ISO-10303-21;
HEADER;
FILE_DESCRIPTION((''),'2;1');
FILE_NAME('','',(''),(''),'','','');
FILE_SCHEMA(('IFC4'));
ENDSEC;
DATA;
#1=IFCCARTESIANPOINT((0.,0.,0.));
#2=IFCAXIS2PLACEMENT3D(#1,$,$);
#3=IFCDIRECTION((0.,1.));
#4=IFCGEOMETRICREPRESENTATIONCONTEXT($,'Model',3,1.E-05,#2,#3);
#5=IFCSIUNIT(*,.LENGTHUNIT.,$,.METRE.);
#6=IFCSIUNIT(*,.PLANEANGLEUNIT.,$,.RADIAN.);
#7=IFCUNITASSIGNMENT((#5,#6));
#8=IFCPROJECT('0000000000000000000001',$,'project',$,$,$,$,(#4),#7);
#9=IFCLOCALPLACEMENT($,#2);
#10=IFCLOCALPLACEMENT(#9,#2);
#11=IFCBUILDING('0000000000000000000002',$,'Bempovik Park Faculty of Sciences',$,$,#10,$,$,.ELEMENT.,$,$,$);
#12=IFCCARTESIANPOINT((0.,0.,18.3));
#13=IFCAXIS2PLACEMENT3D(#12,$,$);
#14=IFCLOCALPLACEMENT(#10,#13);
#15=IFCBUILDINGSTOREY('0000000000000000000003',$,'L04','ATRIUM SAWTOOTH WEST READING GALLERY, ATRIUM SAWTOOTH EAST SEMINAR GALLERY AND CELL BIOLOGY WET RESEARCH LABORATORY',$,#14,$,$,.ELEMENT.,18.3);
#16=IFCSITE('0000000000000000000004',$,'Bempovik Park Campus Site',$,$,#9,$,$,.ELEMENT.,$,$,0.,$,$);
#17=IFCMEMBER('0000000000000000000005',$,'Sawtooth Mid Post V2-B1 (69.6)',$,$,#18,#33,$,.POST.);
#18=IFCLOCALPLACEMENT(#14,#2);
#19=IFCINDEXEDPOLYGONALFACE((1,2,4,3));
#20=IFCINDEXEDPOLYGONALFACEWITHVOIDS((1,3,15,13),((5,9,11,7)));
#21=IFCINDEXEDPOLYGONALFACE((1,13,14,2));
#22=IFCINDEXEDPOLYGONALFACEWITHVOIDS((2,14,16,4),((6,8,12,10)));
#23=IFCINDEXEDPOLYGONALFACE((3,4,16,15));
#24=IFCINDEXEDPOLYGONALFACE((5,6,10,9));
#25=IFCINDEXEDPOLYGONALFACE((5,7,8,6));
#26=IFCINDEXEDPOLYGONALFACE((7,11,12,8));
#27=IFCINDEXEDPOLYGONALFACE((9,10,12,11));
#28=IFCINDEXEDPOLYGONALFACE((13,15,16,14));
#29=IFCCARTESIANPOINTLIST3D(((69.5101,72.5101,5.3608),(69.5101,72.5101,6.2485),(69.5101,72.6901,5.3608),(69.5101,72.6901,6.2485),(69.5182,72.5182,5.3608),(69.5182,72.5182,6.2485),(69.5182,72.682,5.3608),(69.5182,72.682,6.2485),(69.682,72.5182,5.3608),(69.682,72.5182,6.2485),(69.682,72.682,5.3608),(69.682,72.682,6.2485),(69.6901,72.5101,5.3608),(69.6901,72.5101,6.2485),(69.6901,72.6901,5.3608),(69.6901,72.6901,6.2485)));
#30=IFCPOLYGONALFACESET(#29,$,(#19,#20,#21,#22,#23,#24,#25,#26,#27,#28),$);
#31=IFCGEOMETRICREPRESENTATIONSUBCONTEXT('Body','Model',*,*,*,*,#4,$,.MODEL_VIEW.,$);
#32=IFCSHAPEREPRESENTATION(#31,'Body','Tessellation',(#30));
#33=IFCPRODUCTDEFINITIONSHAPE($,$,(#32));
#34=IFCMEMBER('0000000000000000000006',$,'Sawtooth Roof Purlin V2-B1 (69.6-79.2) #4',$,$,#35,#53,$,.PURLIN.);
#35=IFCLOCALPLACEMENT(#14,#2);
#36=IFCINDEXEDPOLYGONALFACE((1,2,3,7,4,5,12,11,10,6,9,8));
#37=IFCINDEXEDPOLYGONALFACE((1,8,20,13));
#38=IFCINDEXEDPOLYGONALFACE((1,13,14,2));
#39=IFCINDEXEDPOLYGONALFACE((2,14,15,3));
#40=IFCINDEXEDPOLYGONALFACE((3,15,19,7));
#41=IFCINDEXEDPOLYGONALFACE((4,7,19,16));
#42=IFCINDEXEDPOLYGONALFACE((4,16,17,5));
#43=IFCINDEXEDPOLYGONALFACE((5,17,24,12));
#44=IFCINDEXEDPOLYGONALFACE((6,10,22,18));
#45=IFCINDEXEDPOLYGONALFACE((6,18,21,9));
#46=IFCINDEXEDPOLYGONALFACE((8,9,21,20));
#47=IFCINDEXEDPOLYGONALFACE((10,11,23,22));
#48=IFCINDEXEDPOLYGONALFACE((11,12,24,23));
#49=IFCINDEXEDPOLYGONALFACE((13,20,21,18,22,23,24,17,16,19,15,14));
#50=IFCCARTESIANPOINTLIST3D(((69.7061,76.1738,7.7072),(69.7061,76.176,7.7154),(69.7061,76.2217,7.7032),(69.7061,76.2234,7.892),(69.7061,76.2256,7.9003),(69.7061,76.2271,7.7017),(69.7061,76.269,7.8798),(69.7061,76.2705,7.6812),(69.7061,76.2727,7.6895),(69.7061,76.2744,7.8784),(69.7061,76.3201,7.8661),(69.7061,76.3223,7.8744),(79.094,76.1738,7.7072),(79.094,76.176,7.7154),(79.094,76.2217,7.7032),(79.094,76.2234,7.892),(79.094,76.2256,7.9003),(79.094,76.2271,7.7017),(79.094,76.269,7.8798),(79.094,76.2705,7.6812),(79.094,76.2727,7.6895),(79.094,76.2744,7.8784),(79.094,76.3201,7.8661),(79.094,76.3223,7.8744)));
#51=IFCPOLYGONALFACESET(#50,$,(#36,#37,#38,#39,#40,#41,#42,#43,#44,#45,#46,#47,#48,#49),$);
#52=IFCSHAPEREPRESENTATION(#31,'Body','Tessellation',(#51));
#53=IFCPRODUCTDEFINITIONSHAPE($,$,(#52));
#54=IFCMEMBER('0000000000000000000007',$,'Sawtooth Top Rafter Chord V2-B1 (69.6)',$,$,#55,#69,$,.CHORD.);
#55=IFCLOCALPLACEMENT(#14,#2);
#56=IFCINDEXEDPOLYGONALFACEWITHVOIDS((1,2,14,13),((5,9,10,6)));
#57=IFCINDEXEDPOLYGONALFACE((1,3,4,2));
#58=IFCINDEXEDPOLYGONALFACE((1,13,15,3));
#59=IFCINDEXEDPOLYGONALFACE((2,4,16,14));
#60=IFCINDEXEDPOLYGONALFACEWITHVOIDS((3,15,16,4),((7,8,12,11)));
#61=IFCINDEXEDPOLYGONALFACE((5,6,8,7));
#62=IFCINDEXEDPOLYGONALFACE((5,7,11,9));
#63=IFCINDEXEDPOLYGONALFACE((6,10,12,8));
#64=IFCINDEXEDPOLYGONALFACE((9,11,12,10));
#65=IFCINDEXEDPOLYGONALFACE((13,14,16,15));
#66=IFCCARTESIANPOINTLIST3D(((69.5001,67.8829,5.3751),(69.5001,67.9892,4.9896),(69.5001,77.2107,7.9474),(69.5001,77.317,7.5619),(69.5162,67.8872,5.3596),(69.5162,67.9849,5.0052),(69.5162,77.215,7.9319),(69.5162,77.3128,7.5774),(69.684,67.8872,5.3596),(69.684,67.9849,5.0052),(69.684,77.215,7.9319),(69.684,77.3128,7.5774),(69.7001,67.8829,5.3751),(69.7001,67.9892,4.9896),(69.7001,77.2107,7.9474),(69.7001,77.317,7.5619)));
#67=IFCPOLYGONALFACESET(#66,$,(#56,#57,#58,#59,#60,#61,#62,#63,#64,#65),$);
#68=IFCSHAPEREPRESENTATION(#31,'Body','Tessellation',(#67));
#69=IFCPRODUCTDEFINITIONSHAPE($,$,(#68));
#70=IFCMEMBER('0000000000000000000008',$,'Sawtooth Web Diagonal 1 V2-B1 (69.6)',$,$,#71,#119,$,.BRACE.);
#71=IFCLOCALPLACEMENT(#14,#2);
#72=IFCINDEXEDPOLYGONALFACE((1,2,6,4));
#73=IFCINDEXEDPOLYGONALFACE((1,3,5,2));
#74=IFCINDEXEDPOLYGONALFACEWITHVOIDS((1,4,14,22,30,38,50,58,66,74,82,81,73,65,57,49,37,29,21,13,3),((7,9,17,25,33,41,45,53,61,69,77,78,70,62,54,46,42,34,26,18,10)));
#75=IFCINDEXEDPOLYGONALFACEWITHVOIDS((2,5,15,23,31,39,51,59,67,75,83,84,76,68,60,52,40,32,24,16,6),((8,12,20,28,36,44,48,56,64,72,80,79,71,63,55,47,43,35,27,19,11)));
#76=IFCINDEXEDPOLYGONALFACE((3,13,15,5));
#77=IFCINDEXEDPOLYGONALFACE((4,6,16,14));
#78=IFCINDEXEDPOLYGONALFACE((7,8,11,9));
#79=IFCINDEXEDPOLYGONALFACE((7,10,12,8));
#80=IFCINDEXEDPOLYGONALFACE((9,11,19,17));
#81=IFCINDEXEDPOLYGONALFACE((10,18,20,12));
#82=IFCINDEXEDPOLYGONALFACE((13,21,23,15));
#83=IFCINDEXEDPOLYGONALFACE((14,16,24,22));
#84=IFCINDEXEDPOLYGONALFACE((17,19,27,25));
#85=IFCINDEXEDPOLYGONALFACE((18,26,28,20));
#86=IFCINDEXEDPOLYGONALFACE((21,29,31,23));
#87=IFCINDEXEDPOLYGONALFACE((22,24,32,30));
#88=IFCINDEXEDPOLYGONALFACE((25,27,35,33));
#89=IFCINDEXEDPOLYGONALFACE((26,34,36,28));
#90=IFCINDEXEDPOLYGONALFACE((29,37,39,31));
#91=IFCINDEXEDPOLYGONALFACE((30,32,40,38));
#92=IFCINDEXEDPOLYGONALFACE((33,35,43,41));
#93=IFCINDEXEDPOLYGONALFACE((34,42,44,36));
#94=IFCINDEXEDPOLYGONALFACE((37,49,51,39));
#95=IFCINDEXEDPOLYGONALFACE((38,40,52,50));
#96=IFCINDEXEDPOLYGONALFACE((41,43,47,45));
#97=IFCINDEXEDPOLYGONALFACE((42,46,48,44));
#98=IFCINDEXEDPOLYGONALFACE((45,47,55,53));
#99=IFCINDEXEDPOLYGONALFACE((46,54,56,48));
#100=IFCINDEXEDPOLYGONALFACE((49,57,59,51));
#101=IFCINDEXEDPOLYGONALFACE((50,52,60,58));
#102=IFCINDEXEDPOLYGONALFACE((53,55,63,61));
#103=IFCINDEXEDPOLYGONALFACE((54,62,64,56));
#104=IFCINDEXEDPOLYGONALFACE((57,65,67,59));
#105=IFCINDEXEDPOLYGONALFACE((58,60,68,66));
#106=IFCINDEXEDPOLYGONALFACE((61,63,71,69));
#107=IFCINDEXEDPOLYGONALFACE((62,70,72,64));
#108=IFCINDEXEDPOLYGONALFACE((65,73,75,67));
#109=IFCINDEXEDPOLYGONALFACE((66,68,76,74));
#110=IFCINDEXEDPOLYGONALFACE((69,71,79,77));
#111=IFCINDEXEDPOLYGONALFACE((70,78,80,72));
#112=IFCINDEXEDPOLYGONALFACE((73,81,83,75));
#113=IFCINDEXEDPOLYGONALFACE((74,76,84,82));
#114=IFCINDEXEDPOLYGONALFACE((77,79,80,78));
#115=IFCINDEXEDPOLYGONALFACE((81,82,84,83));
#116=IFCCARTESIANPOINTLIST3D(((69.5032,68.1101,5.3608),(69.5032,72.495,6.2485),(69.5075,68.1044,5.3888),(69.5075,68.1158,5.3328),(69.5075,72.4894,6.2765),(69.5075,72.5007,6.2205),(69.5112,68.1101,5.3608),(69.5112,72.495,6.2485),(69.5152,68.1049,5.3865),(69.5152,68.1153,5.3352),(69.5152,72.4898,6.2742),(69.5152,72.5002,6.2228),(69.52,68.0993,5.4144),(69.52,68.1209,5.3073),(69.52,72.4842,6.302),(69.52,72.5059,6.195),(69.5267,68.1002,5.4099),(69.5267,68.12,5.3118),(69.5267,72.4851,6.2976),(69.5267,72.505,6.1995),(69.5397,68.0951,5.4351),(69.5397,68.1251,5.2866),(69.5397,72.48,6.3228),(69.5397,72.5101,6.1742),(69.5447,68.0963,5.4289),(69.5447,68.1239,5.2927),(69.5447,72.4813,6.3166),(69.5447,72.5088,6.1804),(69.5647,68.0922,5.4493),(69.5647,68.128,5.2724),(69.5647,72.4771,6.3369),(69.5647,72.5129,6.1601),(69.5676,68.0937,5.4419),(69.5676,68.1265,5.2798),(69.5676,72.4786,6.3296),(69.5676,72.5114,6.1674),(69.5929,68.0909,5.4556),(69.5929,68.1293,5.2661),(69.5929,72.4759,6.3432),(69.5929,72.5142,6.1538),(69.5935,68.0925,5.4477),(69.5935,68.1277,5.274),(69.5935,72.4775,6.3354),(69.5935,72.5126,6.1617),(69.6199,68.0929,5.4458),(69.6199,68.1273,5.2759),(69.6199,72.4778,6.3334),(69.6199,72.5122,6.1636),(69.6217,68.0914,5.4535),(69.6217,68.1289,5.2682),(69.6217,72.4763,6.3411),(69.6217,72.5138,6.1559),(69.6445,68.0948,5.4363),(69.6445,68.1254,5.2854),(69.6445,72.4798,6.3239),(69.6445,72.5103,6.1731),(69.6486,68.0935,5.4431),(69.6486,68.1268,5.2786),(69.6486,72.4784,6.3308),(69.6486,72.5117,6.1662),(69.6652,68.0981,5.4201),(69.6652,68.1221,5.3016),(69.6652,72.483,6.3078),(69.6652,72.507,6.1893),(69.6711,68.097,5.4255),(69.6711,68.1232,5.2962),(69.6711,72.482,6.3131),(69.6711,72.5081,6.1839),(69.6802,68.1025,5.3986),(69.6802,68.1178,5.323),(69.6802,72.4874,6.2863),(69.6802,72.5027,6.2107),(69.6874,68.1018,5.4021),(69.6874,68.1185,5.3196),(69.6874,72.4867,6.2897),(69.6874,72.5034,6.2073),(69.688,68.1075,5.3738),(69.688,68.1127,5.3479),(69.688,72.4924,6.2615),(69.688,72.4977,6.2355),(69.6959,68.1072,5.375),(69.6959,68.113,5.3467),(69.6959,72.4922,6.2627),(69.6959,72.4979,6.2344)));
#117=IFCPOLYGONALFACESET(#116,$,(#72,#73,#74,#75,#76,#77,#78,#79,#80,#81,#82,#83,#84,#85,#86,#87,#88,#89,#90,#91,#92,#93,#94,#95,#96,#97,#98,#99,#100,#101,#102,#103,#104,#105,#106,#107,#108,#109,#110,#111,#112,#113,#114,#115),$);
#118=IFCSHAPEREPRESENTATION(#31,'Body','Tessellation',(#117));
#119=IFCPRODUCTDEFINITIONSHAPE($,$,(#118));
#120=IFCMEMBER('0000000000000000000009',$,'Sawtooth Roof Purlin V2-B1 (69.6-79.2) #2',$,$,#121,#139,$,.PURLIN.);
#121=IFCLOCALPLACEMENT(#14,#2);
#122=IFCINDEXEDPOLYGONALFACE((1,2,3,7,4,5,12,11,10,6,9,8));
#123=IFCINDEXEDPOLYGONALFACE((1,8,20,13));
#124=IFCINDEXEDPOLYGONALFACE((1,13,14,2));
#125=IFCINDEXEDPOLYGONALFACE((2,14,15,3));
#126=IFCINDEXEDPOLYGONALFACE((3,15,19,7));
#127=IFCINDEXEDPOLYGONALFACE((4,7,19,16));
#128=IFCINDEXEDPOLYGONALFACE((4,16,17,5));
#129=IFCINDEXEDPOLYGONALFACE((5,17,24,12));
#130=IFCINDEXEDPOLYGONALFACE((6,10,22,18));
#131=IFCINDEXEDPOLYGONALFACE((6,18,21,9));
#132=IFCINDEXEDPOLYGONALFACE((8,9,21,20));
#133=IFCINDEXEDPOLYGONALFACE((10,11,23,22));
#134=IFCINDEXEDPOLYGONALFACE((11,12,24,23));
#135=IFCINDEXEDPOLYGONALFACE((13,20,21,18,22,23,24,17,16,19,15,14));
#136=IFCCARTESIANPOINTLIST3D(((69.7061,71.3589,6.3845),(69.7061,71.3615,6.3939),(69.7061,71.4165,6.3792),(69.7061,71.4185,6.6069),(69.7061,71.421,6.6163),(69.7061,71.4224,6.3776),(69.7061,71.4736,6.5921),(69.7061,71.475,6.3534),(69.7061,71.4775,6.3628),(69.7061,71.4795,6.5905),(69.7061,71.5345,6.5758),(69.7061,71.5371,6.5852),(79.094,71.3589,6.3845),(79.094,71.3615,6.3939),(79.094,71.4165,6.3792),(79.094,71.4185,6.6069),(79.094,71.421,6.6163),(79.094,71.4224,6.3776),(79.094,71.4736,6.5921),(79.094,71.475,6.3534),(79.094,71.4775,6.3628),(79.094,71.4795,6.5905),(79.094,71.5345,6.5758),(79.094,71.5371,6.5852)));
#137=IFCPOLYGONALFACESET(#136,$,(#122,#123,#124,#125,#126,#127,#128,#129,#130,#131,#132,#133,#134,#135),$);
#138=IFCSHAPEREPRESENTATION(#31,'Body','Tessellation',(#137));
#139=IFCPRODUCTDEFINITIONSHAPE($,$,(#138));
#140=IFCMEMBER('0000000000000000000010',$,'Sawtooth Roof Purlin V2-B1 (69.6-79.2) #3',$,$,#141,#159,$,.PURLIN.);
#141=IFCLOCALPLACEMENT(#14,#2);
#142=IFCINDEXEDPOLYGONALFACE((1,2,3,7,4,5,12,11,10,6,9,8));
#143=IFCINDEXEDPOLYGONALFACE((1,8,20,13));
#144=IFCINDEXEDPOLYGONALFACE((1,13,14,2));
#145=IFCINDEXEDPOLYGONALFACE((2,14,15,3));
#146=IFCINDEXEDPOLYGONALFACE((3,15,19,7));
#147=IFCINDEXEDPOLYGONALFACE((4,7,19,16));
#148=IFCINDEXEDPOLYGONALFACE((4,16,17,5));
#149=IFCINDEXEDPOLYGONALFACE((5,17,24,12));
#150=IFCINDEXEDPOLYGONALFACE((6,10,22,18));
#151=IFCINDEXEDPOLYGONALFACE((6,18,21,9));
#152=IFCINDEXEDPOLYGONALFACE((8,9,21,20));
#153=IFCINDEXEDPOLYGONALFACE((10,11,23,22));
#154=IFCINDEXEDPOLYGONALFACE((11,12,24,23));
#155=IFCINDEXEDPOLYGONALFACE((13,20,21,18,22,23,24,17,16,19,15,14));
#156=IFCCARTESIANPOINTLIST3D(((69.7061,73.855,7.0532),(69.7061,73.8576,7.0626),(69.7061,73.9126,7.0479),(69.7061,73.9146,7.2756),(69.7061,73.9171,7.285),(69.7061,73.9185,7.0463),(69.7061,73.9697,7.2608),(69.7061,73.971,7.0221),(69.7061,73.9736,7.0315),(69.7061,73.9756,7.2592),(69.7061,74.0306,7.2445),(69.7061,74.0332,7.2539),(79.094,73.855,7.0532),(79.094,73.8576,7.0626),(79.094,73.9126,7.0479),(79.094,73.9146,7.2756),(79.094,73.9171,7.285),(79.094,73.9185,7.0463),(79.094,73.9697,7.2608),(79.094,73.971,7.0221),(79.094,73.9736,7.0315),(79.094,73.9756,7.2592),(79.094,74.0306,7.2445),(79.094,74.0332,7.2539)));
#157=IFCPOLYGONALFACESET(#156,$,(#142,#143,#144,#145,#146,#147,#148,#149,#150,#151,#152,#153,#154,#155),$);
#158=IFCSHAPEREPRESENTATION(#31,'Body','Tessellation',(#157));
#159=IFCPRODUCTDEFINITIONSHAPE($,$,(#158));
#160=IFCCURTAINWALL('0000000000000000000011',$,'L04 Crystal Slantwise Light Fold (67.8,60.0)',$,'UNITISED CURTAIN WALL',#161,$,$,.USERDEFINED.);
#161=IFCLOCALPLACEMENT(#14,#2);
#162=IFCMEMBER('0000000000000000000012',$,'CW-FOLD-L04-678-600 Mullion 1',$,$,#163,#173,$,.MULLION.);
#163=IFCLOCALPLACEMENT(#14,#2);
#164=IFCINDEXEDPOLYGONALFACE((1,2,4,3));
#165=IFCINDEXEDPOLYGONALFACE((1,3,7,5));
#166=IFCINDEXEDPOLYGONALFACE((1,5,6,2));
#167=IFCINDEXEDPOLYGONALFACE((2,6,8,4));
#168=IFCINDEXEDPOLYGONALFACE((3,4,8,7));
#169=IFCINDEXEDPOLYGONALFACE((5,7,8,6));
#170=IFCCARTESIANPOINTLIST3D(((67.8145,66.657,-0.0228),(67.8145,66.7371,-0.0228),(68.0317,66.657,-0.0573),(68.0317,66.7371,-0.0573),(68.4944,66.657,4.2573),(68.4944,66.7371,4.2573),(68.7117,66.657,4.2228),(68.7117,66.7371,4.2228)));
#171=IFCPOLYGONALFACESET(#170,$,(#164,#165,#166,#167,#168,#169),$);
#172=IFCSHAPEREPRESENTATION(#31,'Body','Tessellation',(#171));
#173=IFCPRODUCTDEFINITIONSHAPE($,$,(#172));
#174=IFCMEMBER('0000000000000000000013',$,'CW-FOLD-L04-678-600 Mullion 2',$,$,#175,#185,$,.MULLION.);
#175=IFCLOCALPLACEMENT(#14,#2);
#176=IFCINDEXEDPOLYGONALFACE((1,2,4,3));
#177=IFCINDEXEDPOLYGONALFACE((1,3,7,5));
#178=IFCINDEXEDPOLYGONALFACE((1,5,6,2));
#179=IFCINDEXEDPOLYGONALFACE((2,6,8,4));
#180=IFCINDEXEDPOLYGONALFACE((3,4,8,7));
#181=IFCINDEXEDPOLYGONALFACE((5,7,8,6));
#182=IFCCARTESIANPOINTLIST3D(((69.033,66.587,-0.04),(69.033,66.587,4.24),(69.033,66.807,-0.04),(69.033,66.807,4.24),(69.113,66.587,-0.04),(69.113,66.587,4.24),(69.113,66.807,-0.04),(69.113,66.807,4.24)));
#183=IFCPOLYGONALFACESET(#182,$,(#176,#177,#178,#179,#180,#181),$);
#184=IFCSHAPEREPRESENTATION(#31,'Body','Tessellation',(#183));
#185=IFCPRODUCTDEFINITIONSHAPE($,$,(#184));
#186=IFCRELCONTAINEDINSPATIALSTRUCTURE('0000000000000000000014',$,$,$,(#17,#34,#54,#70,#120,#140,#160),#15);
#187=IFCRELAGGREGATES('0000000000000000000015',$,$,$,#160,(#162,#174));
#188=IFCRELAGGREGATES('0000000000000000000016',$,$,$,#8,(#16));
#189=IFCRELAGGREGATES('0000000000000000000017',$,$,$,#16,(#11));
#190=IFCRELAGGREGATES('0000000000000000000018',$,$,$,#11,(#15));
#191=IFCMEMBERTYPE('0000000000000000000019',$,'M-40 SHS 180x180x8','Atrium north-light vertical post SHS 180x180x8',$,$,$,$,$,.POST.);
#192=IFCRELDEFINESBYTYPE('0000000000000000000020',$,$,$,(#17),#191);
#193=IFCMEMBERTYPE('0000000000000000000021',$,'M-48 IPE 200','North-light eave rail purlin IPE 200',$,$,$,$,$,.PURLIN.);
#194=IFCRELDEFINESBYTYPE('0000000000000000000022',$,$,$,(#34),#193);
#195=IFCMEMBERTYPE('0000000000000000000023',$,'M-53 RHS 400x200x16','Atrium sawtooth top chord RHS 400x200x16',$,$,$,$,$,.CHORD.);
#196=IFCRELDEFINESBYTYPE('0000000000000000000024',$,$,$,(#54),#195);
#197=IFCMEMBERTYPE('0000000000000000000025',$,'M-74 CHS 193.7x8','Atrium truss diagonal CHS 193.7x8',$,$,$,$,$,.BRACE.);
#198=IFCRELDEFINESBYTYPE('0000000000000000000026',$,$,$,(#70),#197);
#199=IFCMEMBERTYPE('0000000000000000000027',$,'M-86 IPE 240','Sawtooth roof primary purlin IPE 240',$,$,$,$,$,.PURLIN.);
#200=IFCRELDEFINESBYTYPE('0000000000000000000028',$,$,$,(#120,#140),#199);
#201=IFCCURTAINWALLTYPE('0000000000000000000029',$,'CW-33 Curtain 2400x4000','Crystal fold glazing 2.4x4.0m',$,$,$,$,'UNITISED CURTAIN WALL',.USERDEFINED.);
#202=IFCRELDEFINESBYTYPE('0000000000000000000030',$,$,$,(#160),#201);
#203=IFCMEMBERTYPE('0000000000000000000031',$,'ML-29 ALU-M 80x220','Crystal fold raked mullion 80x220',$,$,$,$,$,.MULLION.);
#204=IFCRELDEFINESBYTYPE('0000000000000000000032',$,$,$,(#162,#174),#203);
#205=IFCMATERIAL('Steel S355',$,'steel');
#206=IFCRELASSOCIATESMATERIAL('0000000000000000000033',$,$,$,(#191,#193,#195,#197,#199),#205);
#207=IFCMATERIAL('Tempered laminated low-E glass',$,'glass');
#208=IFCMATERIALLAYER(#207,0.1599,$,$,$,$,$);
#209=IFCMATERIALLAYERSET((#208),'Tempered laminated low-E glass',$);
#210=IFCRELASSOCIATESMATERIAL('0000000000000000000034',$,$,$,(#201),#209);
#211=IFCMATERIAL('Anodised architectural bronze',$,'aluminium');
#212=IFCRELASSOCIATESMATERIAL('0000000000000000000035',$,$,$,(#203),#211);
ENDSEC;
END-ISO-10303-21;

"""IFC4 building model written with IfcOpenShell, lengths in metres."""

from ifc_helpers import new_model, si_unit, direction, frame, origin, origin_2d, place, context, subcontext, project, spatial, rectangle, hollow_rectangle, hollow_circle, i_section, extrude, material, layer, layer_set, material_profile, profile_set, type_object, element, aggregate, save


model = new_model("IFC4")

# Units and contexts
model_context = context("Model", 3, precision=1e-05, world=origin(), true_north=direction((0.0, 1.0)))
body_context = subcontext(model_context, "Body", "Model", "MODEL_VIEW")
ifc_project = project(units=[si_unit("LENGTHUNIT", "METRE"), si_unit("PLANEANGLEUNIT", "RADIAN")], contexts=[model_context])

# Site, building, storey
site_placement = place(None, origin())
site = spatial("IfcSite", under=ifc_project, at=site_placement, Name="Bempovik Park Campus Site", CompositionType="ELEMENT", RefElevation=0.0)
building_placement = place(site_placement, origin())
building = spatial("IfcBuilding", under=site, at=building_placement, Name="Bempovik Park Faculty of Sciences", CompositionType="ELEMENT")
storey_placement = place(building_placement, frame((0.0, 0.0, 18.3)))
storey = spatial("IfcBuildingStorey", under=building, at=storey_placement, Name="L04", Description="ATRIUM SAWTOOTH WEST READING GALLERY, ATRIUM SAWTOOTH EAST SEMINAR GALLERY AND CELL BIOLOGY WET RESEARCH LABORATORY", CompositionType="ELEMENT", Elevation=18.3)

# Shared definitions
ifc_material_1 = material(Name="Steel S355", Category="steel")

# Members
ifc_material_profile_1 = material_profile(ifc_material_1, hollow_rectangle(XDim=0.1799, YDim=0.1799, WallThickness=0.0081, at=origin_2d()), Name="SHS 180x180x8")
ifc_profile_set_1 = profile_set([ifc_material_profile_1], Name="Steel S355")
member_type_1 = type_object("IfcMemberType", Name="M-40 SHS 180x180x8", Description="Atrium north-light vertical post SHS 180x180x8", PredefinedType="POST", material=ifc_profile_set_1)
member_1_placement = place(storey_placement, frame((69.6001, 72.6001, 5.3608), z_axis=(0.0, 0.0, 1.0), x_axis=(1.0, 0.0, 0.0)))
element("IfcMember", 1, at=member_1_placement, inside=storey, type_object=member_type_1, Name="Sawtooth Mid Post V2-B1 (69.6)", PredefinedType="POST", context=body_context, shape_type="SweptSolid", body=[
    extrude(hollow_rectangle(XDim=0.1799, YDim=0.1799, WallThickness=0.0081, at=origin_2d()), origin(), (0.0, 0.0, 1.0), 0.8877),
])
ifc_material_profile_2 = material_profile(ifc_material_1, i_section(OverallWidth=0.1001, OverallDepth=0.2, WebThickness=0.0056, FlangeThickness=0.0085, at=origin_2d()), Name="IPE 200")
ifc_profile_set_2 = profile_set([ifc_material_profile_2], Name="Steel S355")
member_type_2 = type_object("IfcMemberType", Name="M-48 IPE 200", Description="North-light eave rail purlin IPE 200", PredefinedType="PURLIN", material=ifc_profile_set_2)
member_2_placement = place(storey_placement, frame((69.7061, 76.248, 7.7908), z_axis=(1.0, 0.0, 0.0), x_axis=(0.0, 0.965926, -0.258819)))
element("IfcMember", 2, at=member_2_placement, inside=storey, type_object=member_type_2, Name="Sawtooth Roof Purlin V2-B1 (69.6-79.2) #4", PredefinedType="PURLIN", context=body_context, shape_type="SweptSolid", body=[
    extrude(i_section(OverallWidth=0.1001, OverallDepth=0.2, WebThickness=0.0056, FlangeThickness=0.0085, at=origin_2d()), origin(), (0.0, 0.0, 1.0), 9.3879),
])
ifc_material_profile_3 = material_profile(ifc_material_1, hollow_rectangle(XDim=0.2, YDim=0.3999, WallThickness=0.0161, at=origin_2d()), Name="RHS 400x200x16")
ifc_profile_set_3 = profile_set([ifc_material_profile_3], Name="Steel S355")
member_type_3 = type_object("IfcMemberType", Name="M-53 RHS 400x200x16", Description="Atrium sawtooth top chord RHS 400x200x16", PredefinedType="CHORD", material=ifc_profile_set_3)
member_3_placement = place(storey_placement, frame((69.6001, 67.936, 5.1824), z_axis=(0.0, 0.964018, 0.265838), x_axis=(-1.0, 0.0, 0.0)))
element("IfcMember", 3, at=member_3_placement, inside=storey, type_object=member_type_3, Name="Sawtooth Top Rafter Chord V2-B1 (69.6)", PredefinedType="CHORD", context=body_context, shape_type="SweptSolid", body=[
    extrude(hollow_rectangle(XDim=0.2, YDim=0.3999, WallThickness=0.0161, at=origin_2d()), origin(), (0.0, 0.0, 1.0), 9.676),
])
ifc_material_profile_4 = material_profile(ifc_material_1, hollow_circle(Radius=0.0969, WallThickness=0.0081, at=origin_2d()), Name="CHS 193.7x8")
ifc_profile_set_4 = profile_set([ifc_material_profile_4], Name="Steel S355")
member_type_4 = type_object("IfcMemberType", Name="M-74 CHS 193.7x8", Description="Atrium truss diagonal CHS 193.7x8", PredefinedType="BRACE", material=ifc_profile_set_4)
member_4_placement = place(storey_placement, frame((69.6001, 68.1101, 5.3608), z_axis=(0.0, 0.980118, 0.198414), x_axis=(-1.0, 0.0, 0.0)))
element("IfcMember", 4, at=member_4_placement, inside=storey, type_object=member_type_4, Name="Sawtooth Web Diagonal 1 V2-B1 (69.6)", PredefinedType="BRACE", context=body_context, shape_type="SweptSolid", body=[
    extrude(hollow_circle(Radius=0.0969, WallThickness=0.0081, at=origin_2d()), origin(), (0.0, 0.0, 1.0), 4.4739),
])
ifc_material_profile_5 = material_profile(ifc_material_1, i_section(OverallWidth=0.1201, OverallDepth=0.24, WebThickness=0.0061, FlangeThickness=0.0098, at=origin_2d()), Name="IPE 240")
ifc_profile_set_5 = profile_set([ifc_material_profile_5], Name="Steel S355")
member_type_5 = type_object("IfcMemberType", Name="M-86 IPE 240", Description="Sawtooth roof primary purlin IPE 240", PredefinedType="PURLIN", material=ifc_profile_set_5)
for number, where, z_axis, x_axis, name in (
    (5, (69.7061, 71.448, 6.4849), (1.0, 0.0, 0.0), (0.0, 0.965926, -0.258819), "Sawtooth Roof Purlin V2-B1 (69.6-79.2) #2"),
    (6, (69.7061, 73.9441, 7.1536), (1.0, 0.0, 0.0), (0.0, 0.965926, -0.258819), "Sawtooth Roof Purlin V2-B1 (69.6-79.2) #3"),
):
    element("IfcMember", number, at=place(storey_placement, frame(where, z_axis=z_axis, x_axis=x_axis)), inside=storey, type_object=member_type_5, Name=name, PredefinedType="PURLIN", context=body_context, shape_type="SweptSolid", body=[
        extrude(i_section(OverallWidth=0.1201, OverallDepth=0.24, WebThickness=0.0061, FlangeThickness=0.0098, at=origin_2d()), origin(), (0.0, 0.0, 1.0), 9.3879),
    ])

# Curtain wall, members
ifc_material_2 = material(Name="Tempered laminated low-E glass", Category="glass")
ifc_layer_1 = layer(ifc_material_2, 0.1599)
ifc_layer_set_1 = layer_set([ifc_layer_1], Name="Tempered laminated low-E glass")
curtain_wall_type = type_object("IfcCurtainWallType", Name="CW-33 Curtain 2400x4000", Description="Crystal fold glazing 2.4x4.0m", ElementType="UNITISED CURTAIN WALL", PredefinedType="USERDEFINED", material=ifc_layer_set_1)
curtain_wall_placement = place(storey_placement, origin())
curtain_wall = element("IfcCurtainWall", 7, at=curtain_wall_placement, inside=storey, type_object=curtain_wall_type, Name="L04 Crystal Slantwise Light Fold (67.8,60.0)", ObjectType="UNITISED CURTAIN WALL", PredefinedType="USERDEFINED")
ifc_material_3 = material(Name="Anodised architectural bronze", Category="aluminium")
ifc_material_profile_6 = material_profile(ifc_material_3, rectangle(XDim=0.0801, YDim=0.22, at=origin_2d()), Name="ALU-M 80x220")
ifc_profile_set_6 = profile_set([ifc_material_profile_6], Name="Anodised architectural bronze")
member_type_6 = type_object("IfcMemberType", Name="ML-29 ALU-M 80x220", Description="Crystal fold raked mullion 80x220", PredefinedType="MULLION", material=ifc_profile_set_6)
member_5_placement = place(storey_placement, frame((67.9231, 66.697, -0.04), z_axis=(0.156894, 0.0, 0.987615), x_axis=(0.0, 1.0, 0.0)))
member_5 = element("IfcMember", 8, at=member_5_placement, type_object=member_type_6, Name="CW-FOLD-L04-678-600 Mullion 1", PredefinedType="MULLION", context=body_context, shape_type="SweptSolid", body=[
    extrude(rectangle(XDim=0.0801, YDim=0.22, at=origin_2d()), origin(), (0.0, 0.0, 1.0), 4.3337),
])
member_6_placement = place(storey_placement, frame((69.073, 66.697, -0.04), z_axis=(0.0, 0.0, 1.0), x_axis=(1.0, 0.0, 0.0)))
member_6 = element("IfcMember", 9, at=member_6_placement, type_object=member_type_6, Name="CW-FOLD-L04-678-600 Mullion 2", PredefinedType="MULLION", context=body_context, shape_type="SweptSolid", body=[
    extrude(rectangle(XDim=0.0801, YDim=0.22, at=origin_2d()), origin(), (0.0, 0.0, 1.0), 4.28),
])
aggregate(curtain_wall, [member_5, member_6])

save(model, "model.ifc")
